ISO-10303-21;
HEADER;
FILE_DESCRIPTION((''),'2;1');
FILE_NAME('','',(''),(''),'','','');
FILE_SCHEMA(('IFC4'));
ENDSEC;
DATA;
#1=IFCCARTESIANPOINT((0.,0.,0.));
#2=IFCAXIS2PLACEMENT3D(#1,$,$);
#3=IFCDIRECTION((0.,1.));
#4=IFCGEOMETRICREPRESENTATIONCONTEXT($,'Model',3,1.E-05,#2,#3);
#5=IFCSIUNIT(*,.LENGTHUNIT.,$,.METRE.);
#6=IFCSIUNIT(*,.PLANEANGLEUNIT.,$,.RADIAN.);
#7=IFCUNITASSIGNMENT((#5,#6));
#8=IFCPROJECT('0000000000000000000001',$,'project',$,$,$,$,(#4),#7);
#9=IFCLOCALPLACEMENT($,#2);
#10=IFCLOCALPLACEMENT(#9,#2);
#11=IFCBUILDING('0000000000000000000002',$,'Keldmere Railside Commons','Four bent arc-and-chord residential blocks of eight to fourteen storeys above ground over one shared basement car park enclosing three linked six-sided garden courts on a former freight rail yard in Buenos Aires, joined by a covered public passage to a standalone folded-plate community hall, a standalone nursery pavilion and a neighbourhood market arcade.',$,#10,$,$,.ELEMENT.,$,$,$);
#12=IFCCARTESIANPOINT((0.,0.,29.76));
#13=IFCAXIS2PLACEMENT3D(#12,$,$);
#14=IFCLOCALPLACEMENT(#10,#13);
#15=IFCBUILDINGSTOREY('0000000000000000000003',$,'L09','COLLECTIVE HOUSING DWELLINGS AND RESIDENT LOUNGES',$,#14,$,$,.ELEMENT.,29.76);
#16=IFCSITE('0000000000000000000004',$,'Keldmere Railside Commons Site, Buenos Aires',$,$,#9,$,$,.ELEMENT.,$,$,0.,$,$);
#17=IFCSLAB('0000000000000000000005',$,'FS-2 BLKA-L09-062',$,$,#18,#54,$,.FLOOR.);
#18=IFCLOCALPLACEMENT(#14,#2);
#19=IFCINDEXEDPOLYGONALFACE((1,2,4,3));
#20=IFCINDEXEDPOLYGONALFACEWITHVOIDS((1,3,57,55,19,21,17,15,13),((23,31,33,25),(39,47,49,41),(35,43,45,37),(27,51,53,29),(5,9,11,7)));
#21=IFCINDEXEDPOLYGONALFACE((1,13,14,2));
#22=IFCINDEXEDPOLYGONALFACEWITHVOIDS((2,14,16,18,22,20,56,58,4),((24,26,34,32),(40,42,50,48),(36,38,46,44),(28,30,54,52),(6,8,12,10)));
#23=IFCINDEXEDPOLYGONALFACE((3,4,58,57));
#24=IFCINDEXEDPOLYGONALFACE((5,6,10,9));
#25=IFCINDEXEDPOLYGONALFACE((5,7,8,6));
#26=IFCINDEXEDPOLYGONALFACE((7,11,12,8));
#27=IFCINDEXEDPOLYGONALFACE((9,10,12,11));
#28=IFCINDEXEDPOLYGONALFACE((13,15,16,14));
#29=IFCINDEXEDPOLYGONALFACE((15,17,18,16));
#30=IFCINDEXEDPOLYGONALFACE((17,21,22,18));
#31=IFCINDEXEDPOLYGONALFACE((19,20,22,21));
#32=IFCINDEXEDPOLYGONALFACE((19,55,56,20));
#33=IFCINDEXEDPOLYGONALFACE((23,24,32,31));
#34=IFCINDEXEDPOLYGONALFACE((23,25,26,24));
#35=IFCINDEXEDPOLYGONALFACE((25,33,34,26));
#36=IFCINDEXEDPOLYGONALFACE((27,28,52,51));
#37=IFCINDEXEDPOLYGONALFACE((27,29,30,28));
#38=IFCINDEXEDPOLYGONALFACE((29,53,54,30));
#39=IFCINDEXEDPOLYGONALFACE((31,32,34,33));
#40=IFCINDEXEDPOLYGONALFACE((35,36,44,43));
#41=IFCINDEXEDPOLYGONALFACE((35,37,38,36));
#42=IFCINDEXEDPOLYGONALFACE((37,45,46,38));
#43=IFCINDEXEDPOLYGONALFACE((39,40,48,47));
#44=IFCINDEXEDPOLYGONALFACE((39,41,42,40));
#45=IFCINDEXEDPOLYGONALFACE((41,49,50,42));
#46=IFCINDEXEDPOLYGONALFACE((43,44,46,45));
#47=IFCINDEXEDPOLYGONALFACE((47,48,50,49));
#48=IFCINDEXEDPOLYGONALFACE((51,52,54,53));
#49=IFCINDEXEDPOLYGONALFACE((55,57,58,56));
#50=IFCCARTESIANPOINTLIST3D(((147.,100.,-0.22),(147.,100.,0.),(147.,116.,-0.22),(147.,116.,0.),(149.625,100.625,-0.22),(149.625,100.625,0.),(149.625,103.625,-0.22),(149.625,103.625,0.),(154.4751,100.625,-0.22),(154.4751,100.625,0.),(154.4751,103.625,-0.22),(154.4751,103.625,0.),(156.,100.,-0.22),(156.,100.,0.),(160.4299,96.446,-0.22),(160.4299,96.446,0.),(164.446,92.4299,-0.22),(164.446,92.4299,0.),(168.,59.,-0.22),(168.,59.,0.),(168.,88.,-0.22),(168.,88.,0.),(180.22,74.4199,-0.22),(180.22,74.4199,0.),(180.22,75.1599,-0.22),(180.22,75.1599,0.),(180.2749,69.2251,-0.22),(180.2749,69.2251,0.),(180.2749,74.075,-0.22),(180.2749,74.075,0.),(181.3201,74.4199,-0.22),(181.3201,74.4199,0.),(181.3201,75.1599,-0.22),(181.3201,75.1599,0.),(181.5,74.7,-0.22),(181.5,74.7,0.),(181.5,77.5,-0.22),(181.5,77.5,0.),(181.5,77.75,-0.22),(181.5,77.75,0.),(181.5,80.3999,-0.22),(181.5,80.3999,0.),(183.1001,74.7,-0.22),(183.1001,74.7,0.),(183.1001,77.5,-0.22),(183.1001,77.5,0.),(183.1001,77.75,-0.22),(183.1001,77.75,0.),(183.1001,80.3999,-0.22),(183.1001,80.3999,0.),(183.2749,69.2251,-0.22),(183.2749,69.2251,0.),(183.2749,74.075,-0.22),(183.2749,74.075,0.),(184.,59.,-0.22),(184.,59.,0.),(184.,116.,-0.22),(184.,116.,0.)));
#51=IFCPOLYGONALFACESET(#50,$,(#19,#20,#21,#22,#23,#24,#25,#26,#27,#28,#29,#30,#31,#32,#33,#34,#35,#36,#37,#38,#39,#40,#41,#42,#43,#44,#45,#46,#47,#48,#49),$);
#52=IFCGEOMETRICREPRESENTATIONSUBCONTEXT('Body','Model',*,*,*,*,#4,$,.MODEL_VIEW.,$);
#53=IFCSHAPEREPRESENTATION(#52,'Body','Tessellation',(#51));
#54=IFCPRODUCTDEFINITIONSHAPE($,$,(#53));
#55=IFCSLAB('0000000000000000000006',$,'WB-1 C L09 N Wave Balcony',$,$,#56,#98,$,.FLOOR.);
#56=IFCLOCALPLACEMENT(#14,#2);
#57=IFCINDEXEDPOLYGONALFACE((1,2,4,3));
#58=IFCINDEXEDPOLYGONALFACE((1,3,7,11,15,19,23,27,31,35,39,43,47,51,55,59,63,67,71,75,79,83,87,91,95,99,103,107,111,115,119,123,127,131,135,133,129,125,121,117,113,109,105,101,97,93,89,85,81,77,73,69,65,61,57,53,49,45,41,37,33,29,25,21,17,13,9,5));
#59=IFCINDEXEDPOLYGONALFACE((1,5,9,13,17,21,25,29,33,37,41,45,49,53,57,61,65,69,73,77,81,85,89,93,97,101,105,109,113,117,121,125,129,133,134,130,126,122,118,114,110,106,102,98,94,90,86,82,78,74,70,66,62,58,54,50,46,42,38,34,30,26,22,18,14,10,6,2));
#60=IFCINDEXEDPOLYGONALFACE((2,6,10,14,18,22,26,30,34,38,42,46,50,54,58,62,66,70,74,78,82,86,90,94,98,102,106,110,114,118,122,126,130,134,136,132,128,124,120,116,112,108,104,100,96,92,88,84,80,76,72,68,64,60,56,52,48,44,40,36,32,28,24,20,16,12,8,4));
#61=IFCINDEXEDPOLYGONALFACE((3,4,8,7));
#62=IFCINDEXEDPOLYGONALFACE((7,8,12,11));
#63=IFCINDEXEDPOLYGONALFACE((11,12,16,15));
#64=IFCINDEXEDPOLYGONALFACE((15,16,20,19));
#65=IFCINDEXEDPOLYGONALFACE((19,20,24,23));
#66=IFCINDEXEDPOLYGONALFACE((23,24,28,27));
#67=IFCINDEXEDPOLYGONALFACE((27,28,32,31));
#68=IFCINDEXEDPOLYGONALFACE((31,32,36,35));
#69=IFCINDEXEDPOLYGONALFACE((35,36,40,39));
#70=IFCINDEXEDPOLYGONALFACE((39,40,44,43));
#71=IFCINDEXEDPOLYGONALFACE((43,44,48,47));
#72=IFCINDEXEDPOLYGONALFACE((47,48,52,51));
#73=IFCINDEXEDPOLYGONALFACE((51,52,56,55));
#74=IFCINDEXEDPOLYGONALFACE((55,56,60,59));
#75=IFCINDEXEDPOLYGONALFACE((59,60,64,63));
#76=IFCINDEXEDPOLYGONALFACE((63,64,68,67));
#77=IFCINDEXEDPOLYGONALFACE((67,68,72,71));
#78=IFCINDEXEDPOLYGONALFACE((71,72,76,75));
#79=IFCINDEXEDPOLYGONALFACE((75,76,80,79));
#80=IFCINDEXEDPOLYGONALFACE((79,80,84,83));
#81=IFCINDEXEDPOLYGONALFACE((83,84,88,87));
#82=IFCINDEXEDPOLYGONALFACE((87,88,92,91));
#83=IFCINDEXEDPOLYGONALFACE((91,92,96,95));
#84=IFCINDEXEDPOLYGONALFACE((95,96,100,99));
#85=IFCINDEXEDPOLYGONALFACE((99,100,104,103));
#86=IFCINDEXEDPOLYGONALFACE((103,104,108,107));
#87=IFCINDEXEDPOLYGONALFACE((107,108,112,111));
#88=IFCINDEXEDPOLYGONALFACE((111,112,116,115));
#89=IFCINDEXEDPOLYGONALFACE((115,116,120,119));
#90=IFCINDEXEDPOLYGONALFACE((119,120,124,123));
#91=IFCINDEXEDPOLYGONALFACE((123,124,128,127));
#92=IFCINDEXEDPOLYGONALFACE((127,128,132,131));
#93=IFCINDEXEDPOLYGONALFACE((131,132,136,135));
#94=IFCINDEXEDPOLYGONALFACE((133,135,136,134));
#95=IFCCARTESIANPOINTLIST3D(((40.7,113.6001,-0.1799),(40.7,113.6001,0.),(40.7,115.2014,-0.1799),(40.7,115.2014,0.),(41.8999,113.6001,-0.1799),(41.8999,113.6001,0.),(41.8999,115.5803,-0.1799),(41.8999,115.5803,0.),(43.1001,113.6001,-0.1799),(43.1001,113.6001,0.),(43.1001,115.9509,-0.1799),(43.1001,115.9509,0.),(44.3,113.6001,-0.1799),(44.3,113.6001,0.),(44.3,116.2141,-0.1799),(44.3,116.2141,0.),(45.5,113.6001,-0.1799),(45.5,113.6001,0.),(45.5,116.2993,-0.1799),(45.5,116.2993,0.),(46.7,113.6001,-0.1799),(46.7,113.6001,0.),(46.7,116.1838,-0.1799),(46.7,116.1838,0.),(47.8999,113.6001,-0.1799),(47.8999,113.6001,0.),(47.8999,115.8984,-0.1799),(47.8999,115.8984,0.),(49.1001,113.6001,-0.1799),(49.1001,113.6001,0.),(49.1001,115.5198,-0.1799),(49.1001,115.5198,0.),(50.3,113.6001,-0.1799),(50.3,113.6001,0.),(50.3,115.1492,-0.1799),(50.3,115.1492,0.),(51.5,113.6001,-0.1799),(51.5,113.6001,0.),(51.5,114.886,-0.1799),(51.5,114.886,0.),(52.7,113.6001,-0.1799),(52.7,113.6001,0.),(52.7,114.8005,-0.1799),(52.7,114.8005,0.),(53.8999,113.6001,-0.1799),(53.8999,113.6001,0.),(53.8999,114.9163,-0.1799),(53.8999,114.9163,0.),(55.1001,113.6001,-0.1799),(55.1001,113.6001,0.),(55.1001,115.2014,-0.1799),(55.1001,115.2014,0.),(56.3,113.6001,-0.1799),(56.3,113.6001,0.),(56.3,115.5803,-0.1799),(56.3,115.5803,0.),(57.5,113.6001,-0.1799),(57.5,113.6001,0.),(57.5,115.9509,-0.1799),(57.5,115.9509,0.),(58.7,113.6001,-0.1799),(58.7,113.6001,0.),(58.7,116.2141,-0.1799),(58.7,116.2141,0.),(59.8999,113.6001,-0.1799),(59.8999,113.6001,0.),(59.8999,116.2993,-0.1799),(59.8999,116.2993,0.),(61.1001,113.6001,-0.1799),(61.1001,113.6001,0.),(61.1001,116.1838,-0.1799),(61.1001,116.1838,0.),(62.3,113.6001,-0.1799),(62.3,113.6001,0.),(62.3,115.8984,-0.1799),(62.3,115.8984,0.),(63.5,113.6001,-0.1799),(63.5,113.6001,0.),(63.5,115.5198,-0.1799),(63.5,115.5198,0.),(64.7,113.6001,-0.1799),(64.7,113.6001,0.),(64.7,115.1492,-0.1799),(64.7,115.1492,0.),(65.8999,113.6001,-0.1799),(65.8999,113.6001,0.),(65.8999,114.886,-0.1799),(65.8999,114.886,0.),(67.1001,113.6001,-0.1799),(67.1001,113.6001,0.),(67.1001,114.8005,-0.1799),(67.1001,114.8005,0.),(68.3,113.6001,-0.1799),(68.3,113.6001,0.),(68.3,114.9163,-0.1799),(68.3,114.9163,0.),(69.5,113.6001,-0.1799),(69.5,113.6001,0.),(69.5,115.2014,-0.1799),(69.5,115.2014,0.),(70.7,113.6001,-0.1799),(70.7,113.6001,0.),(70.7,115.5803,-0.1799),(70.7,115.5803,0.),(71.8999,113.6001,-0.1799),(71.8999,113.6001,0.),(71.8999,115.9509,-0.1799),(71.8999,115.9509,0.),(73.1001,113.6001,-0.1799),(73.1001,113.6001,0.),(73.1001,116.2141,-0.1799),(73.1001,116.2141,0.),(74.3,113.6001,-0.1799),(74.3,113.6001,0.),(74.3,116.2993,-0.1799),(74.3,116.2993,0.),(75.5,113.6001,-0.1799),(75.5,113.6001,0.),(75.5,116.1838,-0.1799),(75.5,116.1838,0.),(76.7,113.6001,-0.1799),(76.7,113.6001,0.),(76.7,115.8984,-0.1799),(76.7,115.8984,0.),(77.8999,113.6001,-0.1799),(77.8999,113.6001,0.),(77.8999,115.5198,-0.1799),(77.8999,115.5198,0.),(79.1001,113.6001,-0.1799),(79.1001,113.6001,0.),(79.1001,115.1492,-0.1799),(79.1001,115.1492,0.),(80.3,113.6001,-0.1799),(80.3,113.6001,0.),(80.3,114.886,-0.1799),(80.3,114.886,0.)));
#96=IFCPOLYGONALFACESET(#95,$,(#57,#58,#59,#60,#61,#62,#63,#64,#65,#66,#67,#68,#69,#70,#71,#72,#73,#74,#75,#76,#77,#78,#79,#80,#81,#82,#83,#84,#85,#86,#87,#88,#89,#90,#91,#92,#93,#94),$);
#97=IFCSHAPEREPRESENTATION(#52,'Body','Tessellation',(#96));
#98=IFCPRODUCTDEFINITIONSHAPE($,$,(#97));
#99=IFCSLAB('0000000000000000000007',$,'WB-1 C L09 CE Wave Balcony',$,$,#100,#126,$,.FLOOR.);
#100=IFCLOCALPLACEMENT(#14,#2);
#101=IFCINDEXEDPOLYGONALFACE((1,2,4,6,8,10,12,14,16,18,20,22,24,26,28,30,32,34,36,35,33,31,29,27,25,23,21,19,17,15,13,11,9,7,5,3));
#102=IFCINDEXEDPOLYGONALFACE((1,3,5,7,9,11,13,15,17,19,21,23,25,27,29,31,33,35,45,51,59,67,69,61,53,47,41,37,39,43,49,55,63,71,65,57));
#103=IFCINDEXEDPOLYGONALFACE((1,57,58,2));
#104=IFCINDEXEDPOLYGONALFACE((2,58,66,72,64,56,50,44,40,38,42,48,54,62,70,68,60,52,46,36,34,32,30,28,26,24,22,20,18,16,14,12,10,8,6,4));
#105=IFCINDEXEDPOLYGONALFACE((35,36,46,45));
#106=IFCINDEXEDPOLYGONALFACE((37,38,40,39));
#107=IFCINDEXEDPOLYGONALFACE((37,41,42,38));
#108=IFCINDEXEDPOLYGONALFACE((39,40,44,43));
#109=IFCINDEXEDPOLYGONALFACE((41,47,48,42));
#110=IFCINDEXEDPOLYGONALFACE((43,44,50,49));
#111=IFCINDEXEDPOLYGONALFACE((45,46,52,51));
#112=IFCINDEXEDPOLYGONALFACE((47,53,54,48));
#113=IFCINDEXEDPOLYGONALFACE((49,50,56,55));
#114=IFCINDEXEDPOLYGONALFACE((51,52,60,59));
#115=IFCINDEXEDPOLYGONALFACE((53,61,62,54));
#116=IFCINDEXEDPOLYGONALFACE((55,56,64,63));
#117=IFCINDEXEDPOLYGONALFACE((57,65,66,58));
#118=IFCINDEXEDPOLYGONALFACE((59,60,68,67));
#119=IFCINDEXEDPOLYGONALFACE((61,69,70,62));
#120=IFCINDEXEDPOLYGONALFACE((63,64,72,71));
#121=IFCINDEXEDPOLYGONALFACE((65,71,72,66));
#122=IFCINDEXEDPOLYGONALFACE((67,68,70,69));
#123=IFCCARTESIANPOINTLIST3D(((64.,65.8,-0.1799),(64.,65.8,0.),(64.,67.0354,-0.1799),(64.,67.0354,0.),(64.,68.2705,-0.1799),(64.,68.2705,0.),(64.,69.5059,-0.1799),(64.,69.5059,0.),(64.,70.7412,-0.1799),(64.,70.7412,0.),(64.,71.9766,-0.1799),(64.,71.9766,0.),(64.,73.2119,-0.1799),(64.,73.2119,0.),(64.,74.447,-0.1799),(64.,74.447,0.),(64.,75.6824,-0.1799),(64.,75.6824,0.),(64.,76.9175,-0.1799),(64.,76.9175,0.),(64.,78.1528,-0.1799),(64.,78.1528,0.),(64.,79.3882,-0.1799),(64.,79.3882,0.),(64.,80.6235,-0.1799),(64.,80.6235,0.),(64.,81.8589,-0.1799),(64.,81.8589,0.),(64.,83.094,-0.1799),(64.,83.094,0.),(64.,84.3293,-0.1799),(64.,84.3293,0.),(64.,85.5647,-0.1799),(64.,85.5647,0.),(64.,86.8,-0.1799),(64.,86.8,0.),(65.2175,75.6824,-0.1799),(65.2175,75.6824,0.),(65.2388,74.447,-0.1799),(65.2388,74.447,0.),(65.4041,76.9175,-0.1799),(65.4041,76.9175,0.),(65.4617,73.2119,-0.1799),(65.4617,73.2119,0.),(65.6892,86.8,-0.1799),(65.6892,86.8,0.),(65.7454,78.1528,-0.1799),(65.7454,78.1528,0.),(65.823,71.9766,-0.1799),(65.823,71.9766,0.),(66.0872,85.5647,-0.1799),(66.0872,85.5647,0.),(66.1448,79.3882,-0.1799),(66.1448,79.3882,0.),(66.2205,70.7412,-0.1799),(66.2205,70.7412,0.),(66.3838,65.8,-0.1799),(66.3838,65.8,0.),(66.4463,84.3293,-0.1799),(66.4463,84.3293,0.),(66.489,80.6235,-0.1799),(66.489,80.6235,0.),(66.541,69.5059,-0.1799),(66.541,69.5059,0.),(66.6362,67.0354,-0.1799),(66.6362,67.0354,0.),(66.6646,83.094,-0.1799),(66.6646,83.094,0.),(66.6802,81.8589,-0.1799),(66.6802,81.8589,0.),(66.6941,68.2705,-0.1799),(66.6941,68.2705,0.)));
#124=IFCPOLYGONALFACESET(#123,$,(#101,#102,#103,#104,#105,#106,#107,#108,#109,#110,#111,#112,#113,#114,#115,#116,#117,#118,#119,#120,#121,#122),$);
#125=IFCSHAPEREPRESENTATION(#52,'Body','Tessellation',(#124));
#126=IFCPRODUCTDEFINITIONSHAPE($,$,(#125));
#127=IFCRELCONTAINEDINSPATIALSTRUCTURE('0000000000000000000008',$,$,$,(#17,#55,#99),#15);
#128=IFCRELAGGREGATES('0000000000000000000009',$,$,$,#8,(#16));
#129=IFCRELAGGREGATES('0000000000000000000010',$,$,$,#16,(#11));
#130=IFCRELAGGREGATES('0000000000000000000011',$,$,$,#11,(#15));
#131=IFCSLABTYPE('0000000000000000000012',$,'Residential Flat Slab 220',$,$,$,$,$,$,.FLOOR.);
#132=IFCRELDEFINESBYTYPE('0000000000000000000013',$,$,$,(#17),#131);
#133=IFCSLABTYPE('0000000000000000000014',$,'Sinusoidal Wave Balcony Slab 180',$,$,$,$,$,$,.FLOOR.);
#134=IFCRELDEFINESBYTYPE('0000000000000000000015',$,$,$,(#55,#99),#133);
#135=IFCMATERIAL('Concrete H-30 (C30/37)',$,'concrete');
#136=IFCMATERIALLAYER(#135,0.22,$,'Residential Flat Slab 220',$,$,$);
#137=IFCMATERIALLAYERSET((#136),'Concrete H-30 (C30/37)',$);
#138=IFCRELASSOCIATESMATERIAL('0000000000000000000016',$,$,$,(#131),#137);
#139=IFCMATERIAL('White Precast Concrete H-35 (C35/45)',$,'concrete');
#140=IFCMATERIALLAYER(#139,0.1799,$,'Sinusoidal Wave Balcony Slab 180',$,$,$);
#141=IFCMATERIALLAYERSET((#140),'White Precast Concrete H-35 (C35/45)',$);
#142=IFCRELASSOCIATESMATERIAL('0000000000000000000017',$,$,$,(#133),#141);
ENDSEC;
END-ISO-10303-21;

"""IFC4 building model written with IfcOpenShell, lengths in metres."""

from ifc_helpers import new_model, si_unit, direction, frame, origin, place, context, subcontext, project, spatial, polyline, outline, extrude, material, layer, layer_set, type_object, element, save


model = new_model("IFC4")

# Units and contexts
model_context = context("Model", 3, precision=1e-05, world=origin(), true_north=direction((0.0, 1.0)))
body_context = subcontext(model_context, "Body", "Model", "MODEL_VIEW")
ifc_project = project(units=[si_unit("LENGTHUNIT", "METRE"), si_unit("PLANEANGLEUNIT", "RADIAN")], contexts=[model_context])

# Site, building, storey
site_placement = place(None, origin())
site = spatial("IfcSite", under=ifc_project, at=site_placement, Name="Keldmere Railside Commons Site, Buenos Aires", CompositionType="ELEMENT", RefElevation=0.0)
building_placement = place(site_placement, origin())
building = spatial("IfcBuilding", under=site, at=building_placement, Name="Keldmere Railside Commons", Description="Four bent arc-and-chord residential blocks of eight to fourteen storeys above ground over one shared basement car park enclosing three linked six-sided garden courts on a former freight rail yard in Buenos Aires, joined by a covered public passage to a standalone folded-plate community hall, a standalone nursery pavilion and a neighbourhood market arcade.", CompositionType="ELEMENT")
storey_placement = place(building_placement, frame((0.0, 0.0, 29.76)))
storey = spatial("IfcBuildingStorey", under=building, at=storey_placement, Name="L09", Description="COLLECTIVE HOUSING DWELLINGS AND RESIDENT LOUNGES", CompositionType="ELEMENT", Elevation=29.76)

# Shared definitions
ifc_material_1 = material(Name="Concrete H-30 (C30/37)", Category="concrete")

# Slabs
ifc_layer_1 = layer(ifc_material_1, 0.22, Name="Residential Flat Slab 220")
ifc_layer_set_1 = layer_set([ifc_layer_1], Name="Concrete H-30 (C30/37)")
slab_type_1 = type_object("IfcSlabType", Name="Residential Flat Slab 220", PredefinedType="FLOOR", material=ifc_layer_set_1)
slab_1_placement = place(storey_placement, frame((0.0, 0.0, -0.22)))
element("IfcSlab", 1, at=slab_1_placement, inside=storey, type_object=slab_type_1, Name="FS-2 BLKA-L09-062", PredefinedType="FLOOR", context=body_context, shape_type="SweptSolid", body=[
    extrude(outline(polyline([(168.0, 59.0), (184.0, 59.0), (184.0, 116.0), (147.0, 116.0), (147.0, 100.0), (156.0, 100.0), (160.4299, 96.446), (164.446, 92.4299), (168.0, 88.0), (168.0, 59.0)]), holes=[polyline([(183.2749, 69.2251), (180.2749, 69.2251), (180.2749, 74.075), (183.2749, 74.075), (183.2749, 69.2251)]), polyline([(181.3201, 74.4199), (180.22, 74.4199), (180.22, 75.1599), (181.3201, 75.1599), (181.3201, 74.4199)]), polyline([(183.1001, 74.7), (181.5, 74.7), (181.5, 77.5), (183.1001, 77.5), (183.1001, 74.7)]), polyline([(183.1001, 77.75), (181.5, 77.75), (181.5, 80.3999), (183.1001, 80.3999), (183.1001, 77.75)]), polyline([(149.625, 100.625), (149.625, 103.625), (154.4751, 103.625), (154.4751, 100.625), (149.625, 100.625)])]), origin(), (0.0, 0.0, 1.0), 0.22),
])
ifc_material_2 = material(Name="White Precast Concrete H-35 (C35/45)", Category="concrete")
ifc_layer_2 = layer(ifc_material_2, 0.1799, Name="Sinusoidal Wave Balcony Slab 180")
ifc_layer_set_2 = layer_set([ifc_layer_2], Name="White Precast Concrete H-35 (C35/45)")
slab_type_2 = type_object("IfcSlabType", Name="Sinusoidal Wave Balcony Slab 180", PredefinedType="FLOOR", material=ifc_layer_set_2)
slab_2_placement = place(storey_placement, frame((0.0, 0.0, -0.1799)))
element("IfcSlab", 2, at=slab_2_placement, inside=storey, type_object=slab_type_2, Name="WB-1 C L09 N Wave Balcony", PredefinedType="FLOOR", context=body_context, shape_type="SweptSolid", body=[
    extrude(outline(polyline([(40.7, 113.6001), (41.8999, 113.6001), (43.1001, 113.6001), (44.3, 113.6001), (45.5, 113.6001), (46.7, 113.6001), (47.8999, 113.6001), (49.1001, 113.6001), (50.3, 113.6001), (51.5, 113.6001), (52.7, 113.6001), (53.8999, 113.6001), (55.1001, 113.6001), (56.3, 113.6001), (57.5, 113.6001), (58.7, 113.6001), (59.8999, 113.6001), (61.1001, 113.6001), (62.3, 113.6001), (63.5, 113.6001), (64.7, 113.6001), (65.8999, 113.6001), (67.1001, 113.6001), (68.3, 113.6001), (69.5, 113.6001), (70.7, 113.6001), (71.8999, 113.6001), (73.1001, 113.6001), (74.3, 113.6001), (75.5, 113.6001), (76.7, 113.6001), (77.8999, 113.6001), (79.1001, 113.6001), (80.3, 113.6001), (80.3, 114.886), (79.1001, 115.1492), (77.8999, 115.5198), (76.7, 115.8984), (75.5, 116.1838), (74.3, 116.2993), (73.1001, 116.2141), (71.8999, 115.9509), (70.7, 115.5803), (69.5, 115.2014), (68.3, 114.9163), (67.1001, 114.8005), (65.8999, 114.886), (64.7, 115.1492), (63.5, 115.5198), (62.3, 115.8984), (61.1001, 116.1838), (59.8999, 116.2993), (58.7, 116.2141), (57.5, 115.9509), (56.3, 115.5803), (55.1001, 115.2014), (53.8999, 114.9163), (52.7, 114.8005), (51.5, 114.886), (50.3, 115.1492), (49.1001, 115.5198), (47.8999, 115.8984), (46.7, 116.1838), (45.5, 116.2993), (44.3, 116.2141), (43.1001, 115.9509), (41.8999, 115.5803), (40.7, 115.2014), (40.7, 113.6001)])), origin(), (0.0, 0.0, 1.0), 0.1799),
])
slab_3_placement = place(storey_placement, frame((0.0, 0.0, -0.1799)))
element("IfcSlab", 3, at=slab_3_placement, inside=storey, type_object=slab_type_2, Name="WB-1 C L09 CE Wave Balcony", PredefinedType="FLOOR", context=body_context, shape_type="SweptSolid", body=[
    extrude(outline(polyline([(66.3838, 65.8), (66.6362, 67.0354), (66.6941, 68.2705), (66.541, 69.5059), (66.2205, 70.7412), (65.823, 71.9766), (65.4617, 73.2119), (65.2388, 74.447), (65.2175, 75.6824), (65.4041, 76.9175), (65.7454, 78.1528), (66.1448, 79.3882), (66.489, 80.6235), (66.6802, 81.8589), (66.6646, 83.094), (66.4463, 84.3293), (66.0872, 85.5647), (65.6892, 86.8), (64.0, 86.8), (64.0, 85.5647), (64.0, 84.3293), (64.0, 83.094), (64.0, 81.8589), (64.0, 80.6235), (64.0, 79.3882), (64.0, 78.1528), (64.0, 76.9175), (64.0, 75.6824), (64.0, 74.447), (64.0, 73.2119), (64.0, 71.9766), (64.0, 70.7412), (64.0, 69.5059), (64.0, 68.2705), (64.0, 67.0354), (64.0, 65.8), (66.3838, 65.8)])), origin(), (0.0, 0.0, 1.0), 0.1799),
])

save(model, "model.ifc")
